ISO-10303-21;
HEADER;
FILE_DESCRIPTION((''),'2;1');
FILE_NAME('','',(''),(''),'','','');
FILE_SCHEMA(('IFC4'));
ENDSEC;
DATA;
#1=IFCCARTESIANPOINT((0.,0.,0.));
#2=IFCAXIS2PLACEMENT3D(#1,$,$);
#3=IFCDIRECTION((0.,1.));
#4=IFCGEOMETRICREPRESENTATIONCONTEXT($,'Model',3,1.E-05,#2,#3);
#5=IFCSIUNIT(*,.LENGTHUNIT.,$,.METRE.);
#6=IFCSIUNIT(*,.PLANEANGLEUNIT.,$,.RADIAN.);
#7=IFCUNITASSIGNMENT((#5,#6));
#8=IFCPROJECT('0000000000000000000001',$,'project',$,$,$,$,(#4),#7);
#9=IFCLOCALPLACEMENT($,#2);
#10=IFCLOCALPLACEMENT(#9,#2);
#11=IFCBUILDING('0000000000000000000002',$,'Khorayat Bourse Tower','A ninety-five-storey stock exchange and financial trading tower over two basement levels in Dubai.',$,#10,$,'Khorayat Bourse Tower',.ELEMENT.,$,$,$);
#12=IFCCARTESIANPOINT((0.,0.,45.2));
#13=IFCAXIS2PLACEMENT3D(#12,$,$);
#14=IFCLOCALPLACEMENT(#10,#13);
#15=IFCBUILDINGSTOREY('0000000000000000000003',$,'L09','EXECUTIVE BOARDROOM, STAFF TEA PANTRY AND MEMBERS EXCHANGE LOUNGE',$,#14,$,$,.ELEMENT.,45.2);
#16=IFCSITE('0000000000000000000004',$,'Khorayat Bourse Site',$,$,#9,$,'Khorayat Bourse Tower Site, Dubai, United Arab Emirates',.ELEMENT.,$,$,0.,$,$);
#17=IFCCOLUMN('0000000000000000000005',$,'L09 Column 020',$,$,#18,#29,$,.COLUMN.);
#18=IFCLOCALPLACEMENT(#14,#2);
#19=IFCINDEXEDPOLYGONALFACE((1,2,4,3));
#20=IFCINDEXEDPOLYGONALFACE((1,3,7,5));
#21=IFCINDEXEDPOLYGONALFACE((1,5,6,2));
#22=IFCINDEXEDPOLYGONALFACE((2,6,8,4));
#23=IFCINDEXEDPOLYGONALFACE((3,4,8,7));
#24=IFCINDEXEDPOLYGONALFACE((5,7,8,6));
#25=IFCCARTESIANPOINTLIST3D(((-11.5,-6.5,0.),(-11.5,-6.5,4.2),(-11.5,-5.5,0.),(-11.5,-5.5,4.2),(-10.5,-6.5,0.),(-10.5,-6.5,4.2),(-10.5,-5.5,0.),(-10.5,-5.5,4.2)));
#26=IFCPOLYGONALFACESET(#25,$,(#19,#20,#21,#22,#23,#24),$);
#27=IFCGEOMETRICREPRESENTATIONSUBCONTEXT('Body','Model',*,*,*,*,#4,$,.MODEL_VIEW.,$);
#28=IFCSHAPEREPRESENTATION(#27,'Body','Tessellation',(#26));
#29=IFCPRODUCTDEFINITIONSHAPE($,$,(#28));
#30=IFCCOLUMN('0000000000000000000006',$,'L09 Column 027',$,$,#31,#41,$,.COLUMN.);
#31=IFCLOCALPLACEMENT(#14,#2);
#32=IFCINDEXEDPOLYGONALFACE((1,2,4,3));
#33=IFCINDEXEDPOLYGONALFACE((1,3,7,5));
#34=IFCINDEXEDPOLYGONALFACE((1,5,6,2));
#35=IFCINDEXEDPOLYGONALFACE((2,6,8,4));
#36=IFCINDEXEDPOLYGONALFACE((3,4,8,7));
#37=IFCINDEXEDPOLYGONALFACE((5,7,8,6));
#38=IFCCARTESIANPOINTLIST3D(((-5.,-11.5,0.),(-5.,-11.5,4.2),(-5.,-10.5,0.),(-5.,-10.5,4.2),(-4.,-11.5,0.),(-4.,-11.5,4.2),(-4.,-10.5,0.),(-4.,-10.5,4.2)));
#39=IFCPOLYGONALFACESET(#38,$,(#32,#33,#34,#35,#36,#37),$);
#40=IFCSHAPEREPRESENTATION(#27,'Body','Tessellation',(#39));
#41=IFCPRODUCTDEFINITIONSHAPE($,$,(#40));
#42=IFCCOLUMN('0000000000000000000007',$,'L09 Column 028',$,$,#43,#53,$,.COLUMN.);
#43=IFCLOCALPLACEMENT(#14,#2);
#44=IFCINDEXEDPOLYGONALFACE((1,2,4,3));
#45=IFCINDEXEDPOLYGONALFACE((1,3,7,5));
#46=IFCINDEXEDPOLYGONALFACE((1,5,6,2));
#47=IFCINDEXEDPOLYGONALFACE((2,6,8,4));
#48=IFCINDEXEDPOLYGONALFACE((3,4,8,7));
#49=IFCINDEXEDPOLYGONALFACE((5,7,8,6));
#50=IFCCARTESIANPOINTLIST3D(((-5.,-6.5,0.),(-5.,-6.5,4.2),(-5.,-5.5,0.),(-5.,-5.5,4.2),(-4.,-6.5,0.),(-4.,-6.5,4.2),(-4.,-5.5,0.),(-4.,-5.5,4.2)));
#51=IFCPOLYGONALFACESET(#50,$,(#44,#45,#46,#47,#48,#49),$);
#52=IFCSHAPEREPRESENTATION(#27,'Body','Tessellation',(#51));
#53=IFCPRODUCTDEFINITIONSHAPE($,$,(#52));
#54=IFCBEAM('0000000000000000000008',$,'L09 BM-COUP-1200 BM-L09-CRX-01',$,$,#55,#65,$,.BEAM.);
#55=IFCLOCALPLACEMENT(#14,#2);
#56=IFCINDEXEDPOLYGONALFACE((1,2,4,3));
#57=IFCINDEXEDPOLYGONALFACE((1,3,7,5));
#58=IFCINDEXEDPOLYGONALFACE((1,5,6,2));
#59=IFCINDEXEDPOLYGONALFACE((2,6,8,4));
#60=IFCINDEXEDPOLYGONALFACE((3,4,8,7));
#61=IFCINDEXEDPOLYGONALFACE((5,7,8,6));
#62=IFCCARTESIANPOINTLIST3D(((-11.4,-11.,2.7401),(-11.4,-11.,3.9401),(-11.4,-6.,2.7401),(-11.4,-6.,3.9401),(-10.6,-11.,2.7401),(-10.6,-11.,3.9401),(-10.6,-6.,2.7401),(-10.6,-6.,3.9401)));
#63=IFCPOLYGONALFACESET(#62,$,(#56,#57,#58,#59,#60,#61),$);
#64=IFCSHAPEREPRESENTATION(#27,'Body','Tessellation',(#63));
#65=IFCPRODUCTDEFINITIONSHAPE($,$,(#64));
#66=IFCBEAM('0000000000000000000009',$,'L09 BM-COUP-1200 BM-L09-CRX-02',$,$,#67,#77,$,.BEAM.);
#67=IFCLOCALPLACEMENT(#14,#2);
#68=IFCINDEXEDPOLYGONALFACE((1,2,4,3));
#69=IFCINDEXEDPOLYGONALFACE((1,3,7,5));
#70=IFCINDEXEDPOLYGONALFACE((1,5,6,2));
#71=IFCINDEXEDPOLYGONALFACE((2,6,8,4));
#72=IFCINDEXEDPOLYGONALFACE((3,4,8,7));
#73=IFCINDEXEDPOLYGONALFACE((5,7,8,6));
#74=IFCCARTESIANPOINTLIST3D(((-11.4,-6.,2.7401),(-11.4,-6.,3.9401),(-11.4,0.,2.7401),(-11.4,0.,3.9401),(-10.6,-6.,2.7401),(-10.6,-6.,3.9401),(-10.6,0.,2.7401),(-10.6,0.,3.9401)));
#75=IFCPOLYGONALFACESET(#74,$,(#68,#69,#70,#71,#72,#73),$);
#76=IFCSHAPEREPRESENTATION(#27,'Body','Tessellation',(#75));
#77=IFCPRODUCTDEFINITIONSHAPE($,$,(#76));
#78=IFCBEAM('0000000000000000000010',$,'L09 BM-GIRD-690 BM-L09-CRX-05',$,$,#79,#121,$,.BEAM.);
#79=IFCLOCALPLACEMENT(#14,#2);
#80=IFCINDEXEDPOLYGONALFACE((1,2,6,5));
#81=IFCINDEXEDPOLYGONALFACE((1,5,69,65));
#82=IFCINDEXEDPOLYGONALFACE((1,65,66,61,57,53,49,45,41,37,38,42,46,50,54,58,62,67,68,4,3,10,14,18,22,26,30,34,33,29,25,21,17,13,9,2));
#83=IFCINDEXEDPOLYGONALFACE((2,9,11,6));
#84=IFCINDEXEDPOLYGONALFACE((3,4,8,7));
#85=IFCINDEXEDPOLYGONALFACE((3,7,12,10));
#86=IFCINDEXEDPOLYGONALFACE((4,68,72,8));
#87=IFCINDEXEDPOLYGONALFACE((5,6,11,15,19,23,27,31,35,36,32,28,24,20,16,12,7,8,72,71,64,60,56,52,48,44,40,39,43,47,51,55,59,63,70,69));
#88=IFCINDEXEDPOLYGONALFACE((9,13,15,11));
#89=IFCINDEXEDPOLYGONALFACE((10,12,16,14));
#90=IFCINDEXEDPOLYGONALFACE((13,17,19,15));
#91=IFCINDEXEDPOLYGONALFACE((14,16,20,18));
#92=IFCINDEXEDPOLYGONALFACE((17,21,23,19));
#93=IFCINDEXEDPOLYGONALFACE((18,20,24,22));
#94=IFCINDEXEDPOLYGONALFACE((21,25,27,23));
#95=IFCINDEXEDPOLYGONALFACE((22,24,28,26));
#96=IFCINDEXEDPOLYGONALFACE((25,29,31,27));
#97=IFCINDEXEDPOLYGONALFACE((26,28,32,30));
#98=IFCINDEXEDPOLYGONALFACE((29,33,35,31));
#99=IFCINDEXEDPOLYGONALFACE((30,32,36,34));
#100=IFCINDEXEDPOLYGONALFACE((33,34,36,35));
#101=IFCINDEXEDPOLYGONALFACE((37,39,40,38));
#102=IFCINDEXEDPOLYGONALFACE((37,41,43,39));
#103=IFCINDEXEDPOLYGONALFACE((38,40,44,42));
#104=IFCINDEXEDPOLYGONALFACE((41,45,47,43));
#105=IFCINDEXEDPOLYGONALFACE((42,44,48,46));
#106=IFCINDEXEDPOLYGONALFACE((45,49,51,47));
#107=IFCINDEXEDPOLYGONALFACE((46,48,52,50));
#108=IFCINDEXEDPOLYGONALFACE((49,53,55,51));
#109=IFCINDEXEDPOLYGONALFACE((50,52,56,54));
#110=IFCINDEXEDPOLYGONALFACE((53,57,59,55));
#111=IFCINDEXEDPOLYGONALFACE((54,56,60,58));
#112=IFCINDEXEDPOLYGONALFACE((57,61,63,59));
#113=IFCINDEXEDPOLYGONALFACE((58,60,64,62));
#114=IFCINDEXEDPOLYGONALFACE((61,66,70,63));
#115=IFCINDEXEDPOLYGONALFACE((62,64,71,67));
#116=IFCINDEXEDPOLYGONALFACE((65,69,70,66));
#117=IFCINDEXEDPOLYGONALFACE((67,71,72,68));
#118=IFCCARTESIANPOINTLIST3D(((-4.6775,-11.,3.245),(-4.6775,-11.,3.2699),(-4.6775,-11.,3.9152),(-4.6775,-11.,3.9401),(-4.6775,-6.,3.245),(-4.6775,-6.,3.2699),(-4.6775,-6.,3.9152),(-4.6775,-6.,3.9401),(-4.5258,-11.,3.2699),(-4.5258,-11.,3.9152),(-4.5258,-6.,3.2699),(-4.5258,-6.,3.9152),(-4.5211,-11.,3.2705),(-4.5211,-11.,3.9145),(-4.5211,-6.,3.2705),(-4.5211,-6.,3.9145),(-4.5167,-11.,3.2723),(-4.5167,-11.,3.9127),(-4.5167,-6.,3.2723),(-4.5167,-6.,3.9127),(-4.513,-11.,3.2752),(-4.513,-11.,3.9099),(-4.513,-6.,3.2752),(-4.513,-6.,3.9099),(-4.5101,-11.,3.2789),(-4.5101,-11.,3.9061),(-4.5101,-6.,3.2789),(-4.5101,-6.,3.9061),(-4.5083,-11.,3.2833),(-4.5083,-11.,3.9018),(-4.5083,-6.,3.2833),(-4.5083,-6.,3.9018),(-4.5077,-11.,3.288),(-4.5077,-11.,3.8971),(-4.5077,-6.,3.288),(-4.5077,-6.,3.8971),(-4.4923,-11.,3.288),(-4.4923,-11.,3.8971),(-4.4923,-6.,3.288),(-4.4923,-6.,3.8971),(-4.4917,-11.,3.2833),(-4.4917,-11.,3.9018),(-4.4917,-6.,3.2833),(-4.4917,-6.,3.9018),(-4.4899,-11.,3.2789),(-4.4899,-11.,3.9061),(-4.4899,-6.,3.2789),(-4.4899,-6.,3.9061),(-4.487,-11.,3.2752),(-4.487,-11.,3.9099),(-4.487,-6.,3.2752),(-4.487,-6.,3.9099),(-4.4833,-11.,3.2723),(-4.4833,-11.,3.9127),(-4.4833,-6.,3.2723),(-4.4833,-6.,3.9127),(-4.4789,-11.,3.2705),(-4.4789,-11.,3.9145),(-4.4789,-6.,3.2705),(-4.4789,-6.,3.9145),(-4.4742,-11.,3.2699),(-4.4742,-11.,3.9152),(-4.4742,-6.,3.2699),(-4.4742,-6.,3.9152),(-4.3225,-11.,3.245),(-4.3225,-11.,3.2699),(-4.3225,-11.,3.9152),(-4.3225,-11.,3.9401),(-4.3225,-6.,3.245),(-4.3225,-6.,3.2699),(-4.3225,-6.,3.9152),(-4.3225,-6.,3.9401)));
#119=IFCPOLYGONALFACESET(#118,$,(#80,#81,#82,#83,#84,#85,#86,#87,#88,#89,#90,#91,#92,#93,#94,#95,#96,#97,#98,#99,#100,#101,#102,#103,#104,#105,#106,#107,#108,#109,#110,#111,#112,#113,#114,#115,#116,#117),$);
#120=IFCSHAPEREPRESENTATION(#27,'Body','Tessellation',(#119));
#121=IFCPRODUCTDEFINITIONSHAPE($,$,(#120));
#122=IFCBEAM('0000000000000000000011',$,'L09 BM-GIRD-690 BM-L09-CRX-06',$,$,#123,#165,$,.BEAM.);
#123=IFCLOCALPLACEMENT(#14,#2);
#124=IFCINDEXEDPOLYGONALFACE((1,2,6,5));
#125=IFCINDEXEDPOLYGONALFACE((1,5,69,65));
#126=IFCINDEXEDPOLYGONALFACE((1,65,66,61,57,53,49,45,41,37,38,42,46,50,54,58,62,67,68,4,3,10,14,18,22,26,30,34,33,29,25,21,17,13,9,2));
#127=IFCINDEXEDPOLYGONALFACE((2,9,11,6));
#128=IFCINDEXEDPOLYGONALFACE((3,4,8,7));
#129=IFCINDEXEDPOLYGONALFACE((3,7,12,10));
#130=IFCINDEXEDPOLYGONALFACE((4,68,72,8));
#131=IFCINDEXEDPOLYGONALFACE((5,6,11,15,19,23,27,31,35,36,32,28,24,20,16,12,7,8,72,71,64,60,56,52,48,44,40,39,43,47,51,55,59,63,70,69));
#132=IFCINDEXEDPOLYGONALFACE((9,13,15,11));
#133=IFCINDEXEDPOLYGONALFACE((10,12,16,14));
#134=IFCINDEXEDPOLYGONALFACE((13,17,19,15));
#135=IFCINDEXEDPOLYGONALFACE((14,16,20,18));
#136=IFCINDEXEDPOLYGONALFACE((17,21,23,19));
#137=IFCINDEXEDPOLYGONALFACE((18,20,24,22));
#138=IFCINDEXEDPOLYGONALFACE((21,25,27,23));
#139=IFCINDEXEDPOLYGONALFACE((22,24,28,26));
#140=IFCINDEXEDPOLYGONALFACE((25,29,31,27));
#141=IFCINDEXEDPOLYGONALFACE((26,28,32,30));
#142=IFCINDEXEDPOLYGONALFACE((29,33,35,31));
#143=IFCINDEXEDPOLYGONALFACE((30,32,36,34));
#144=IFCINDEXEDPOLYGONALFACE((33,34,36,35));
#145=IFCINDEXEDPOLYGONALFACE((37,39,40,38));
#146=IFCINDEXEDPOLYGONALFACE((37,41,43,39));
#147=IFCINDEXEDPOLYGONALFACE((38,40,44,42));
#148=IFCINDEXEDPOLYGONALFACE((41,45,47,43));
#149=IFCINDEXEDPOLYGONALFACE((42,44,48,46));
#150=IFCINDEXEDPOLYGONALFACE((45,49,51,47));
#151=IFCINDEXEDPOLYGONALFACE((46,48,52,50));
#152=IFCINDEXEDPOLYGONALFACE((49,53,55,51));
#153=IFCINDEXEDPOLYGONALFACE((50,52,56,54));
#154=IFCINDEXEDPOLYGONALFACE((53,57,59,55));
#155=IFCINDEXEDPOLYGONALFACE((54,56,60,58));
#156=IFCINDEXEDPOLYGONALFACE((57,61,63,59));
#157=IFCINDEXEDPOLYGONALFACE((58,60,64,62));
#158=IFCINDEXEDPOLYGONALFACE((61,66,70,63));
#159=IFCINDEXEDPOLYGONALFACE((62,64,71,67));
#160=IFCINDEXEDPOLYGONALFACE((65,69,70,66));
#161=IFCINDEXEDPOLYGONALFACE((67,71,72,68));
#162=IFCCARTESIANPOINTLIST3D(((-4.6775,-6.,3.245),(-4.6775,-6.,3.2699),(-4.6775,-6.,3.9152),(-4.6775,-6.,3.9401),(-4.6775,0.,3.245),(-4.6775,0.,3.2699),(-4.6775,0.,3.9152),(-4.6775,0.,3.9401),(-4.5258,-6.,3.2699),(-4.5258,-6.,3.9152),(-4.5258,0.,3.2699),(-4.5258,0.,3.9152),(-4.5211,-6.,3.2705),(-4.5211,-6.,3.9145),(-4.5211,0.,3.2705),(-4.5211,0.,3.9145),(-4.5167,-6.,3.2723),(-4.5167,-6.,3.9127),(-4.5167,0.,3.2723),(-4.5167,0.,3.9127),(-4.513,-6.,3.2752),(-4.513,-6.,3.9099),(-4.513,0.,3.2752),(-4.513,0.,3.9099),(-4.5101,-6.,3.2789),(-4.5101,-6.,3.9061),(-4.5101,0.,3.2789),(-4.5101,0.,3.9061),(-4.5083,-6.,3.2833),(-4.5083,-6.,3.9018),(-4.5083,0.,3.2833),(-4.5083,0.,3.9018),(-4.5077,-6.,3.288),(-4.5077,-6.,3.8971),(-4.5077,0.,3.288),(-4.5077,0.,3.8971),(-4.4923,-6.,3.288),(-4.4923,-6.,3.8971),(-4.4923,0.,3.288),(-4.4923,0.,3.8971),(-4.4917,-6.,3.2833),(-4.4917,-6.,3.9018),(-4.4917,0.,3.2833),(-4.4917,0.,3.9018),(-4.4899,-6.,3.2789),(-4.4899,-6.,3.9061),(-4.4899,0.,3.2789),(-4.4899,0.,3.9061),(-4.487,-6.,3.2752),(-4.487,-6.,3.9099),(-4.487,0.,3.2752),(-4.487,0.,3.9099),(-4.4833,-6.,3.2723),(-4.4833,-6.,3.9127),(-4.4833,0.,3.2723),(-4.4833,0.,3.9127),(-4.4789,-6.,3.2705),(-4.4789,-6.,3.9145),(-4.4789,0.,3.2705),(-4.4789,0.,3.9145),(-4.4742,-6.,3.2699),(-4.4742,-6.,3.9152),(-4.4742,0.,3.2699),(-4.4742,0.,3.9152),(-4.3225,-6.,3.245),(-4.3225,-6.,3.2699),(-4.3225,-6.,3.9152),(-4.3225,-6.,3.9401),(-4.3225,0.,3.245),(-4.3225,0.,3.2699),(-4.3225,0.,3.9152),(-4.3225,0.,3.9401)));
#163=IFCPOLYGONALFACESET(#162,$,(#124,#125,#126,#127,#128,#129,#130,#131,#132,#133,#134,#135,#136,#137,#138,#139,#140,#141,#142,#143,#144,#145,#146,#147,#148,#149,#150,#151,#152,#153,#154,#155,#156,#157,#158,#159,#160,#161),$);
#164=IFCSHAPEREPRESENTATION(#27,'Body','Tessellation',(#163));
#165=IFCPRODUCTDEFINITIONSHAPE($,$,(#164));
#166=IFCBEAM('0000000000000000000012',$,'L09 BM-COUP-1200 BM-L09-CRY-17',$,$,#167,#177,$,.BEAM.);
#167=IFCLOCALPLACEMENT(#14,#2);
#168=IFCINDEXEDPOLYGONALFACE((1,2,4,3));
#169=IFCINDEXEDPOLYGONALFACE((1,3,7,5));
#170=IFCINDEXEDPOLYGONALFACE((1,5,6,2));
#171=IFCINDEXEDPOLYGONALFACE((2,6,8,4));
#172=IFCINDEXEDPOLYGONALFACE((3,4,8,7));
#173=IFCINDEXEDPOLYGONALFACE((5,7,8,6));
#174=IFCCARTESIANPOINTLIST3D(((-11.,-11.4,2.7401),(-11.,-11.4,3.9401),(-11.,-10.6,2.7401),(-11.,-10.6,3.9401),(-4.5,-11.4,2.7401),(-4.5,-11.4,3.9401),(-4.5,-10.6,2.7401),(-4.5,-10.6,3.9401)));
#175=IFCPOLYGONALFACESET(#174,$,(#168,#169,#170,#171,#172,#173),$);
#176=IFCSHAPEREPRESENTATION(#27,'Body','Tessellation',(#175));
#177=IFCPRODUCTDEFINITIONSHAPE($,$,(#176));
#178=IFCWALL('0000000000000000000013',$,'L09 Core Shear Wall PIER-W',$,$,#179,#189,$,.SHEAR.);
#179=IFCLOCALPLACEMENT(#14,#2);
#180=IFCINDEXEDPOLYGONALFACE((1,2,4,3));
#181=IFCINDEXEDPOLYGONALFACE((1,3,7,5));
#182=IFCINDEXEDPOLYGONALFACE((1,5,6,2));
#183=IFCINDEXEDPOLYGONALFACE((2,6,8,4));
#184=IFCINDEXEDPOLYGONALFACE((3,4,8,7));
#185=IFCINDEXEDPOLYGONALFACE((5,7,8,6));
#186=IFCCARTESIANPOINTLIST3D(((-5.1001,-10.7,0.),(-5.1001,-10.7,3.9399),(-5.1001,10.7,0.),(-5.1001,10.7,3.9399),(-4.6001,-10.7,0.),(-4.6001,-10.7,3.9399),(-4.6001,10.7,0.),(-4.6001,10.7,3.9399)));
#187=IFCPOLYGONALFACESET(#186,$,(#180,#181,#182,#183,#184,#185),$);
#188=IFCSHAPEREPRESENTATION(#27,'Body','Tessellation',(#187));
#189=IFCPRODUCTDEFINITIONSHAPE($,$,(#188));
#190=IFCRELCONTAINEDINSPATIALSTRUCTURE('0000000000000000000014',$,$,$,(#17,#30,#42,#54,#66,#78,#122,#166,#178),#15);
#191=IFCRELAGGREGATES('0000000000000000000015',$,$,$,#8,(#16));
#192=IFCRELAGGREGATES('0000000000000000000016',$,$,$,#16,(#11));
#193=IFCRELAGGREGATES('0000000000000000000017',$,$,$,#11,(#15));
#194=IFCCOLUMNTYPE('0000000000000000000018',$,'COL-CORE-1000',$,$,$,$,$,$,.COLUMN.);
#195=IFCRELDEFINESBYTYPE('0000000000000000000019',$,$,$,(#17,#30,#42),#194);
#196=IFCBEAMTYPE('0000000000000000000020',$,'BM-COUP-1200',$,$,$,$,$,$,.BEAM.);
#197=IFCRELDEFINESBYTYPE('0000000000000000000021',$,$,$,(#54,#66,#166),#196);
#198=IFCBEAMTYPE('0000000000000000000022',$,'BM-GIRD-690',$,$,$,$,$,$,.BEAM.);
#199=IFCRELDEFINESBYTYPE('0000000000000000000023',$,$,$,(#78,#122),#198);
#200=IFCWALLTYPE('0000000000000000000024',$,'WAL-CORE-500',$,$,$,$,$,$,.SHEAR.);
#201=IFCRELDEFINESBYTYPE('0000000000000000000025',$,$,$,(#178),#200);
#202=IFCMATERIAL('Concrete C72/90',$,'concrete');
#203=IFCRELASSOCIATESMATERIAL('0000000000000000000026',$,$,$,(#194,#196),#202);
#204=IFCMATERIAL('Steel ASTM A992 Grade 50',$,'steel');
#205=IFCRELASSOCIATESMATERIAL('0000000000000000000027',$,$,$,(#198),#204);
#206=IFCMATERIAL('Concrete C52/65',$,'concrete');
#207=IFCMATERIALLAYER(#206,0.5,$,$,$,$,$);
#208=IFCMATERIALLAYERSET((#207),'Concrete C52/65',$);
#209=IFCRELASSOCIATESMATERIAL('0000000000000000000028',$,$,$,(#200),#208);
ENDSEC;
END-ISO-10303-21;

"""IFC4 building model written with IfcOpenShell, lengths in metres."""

from ifc_helpers import new_model, si_unit, direction, frame, frame_2d, origin, origin_2d, place, context, subcontext, project, spatial, rectangle, i_section, extrude, source, transform, mapped, material, layer, layer_set, material_profile, profile_set, type_object, element, save


model = new_model("IFC4")

# Units and contexts
model_context = context("Model", 3, precision=1e-05, world=origin(), true_north=direction((0.0, 1.0)))
body_context = subcontext(model_context, "Body", "Model", "MODEL_VIEW")
ifc_project = project(units=[si_unit("LENGTHUNIT", "METRE"), si_unit("PLANEANGLEUNIT", "RADIAN")], contexts=[model_context])

# Site, building, storey
site_placement = place(None, origin())
site = spatial("IfcSite", under=ifc_project, at=site_placement, Name="Khorayat Bourse Site", LongName="Khorayat Bourse Tower Site, Dubai, United Arab Emirates", CompositionType="ELEMENT", RefElevation=0.0)
building_placement = place(site_placement, origin())
building = spatial("IfcBuilding", under=site, at=building_placement, Name="Khorayat Bourse Tower", Description="A ninety-five-storey stock exchange and financial trading tower over two basement levels in Dubai.", LongName="Khorayat Bourse Tower", CompositionType="ELEMENT")
storey_placement = place(building_placement, frame((0.0, 0.0, 45.2)))
storey = spatial("IfcBuildingStorey", under=building, at=storey_placement, Name="L09", Description="EXECUTIVE BOARDROOM, STAFF TEA PANTRY AND MEMBERS EXCHANGE LOUNGE", CompositionType="ELEMENT", Elevation=45.2)

# Columns
ifc_material_1 = material(Name="Concrete C72/90", Category="concrete")
ifc_material_profile_1 = material_profile(ifc_material_1, rectangle(XDim=1.0, YDim=1.0, at=origin_2d()), Name="RC 1000x1000")
ifc_profile_set_1 = profile_set([ifc_material_profile_1], Name="Concrete C72/90")
column_type = type_object("IfcColumnType", Name="COL-CORE-1000", PredefinedType="COLUMN", material=ifc_profile_set_1)
shared_shape_1 = source(origin(), body_context, "Body", "SweptSolid", [
    extrude(rectangle(XDim=1.0, YDim=1.0, at=origin_2d()), origin(), (0.0, 0.0, 1.0), 4.2),
])
for number, where, z_axis, x_axis, name in (
    (1, (-11.0, -6.0, 0.0), (0.0, 0.0, 1.0), (1.0, 0.0, 0.0), "L09 Column 020"),
    (2, (-4.5, -11.0, 0.0), (0.0, 0.0, 1.0), (1.0, 0.0, 0.0), "L09 Column 027"),
    (3, (-4.5, -6.0, 0.0), (0.0, 0.0, 1.0), (1.0, 0.0, 0.0), "L09 Column 028"),
):
    element("IfcColumn", number, at=place(storey_placement, frame(where, z_axis=z_axis, x_axis=x_axis)), inside=storey, type_object=column_type, Name=name, PredefinedType="COLUMN", context=body_context, shape_type="MappedRepresentation", body=[
        mapped(shared_shape_1, transform((0.0, 0.0, 0.0), scale=1.0)),
    ])

# Beams
ifc_material_profile_2 = material_profile(ifc_material_1, rectangle(XDim=0.8, YDim=1.2, at=origin_2d()), Name="RC 800x1200")
ifc_profile_set_2 = profile_set([ifc_material_profile_2], Name="Concrete C72/90")
beam_type_1 = type_object("IfcBeamType", Name="BM-COUP-1200", PredefinedType="BEAM", material=ifc_profile_set_2)
shared_shape_2 = source(origin(), body_context, "Body", "SweptSolid", [
    extrude(rectangle(XDim=0.8, YDim=1.2, at=origin_2d()), origin(), (0.0, 0.0, 1.0), 5.0),
])
beam_1_placement = place(storey_placement, frame((-11.0, -11.0, 3.3401), z_axis=(0.0, 1.0, 0.0), x_axis=(-1.0, 0.0, 0.0)))
element("IfcBeam", 4, at=beam_1_placement, inside=storey, type_object=beam_type_1, Name="L09 BM-COUP-1200 BM-L09-CRX-01", PredefinedType="BEAM", context=body_context, shape_type="MappedRepresentation", body=[
    mapped(shared_shape_2, transform((0.0, 0.0, 0.0), scale=1.0)),
])
shared_shape_3 = source(origin(), body_context, "Body", "SweptSolid", [
    extrude(rectangle(XDim=0.8, YDim=1.2, at=origin_2d()), origin(), (0.0, 0.0, 1.0), 6.0),
])
beam_2_placement = place(storey_placement, frame((-11.0, -6.0, 3.3401), z_axis=(0.0, 1.0, 0.0), x_axis=(-1.0, 0.0, 0.0)))
element("IfcBeam", 5, at=beam_2_placement, inside=storey, type_object=beam_type_1, Name="L09 BM-COUP-1200 BM-L09-CRX-02", PredefinedType="BEAM", context=body_context, shape_type="MappedRepresentation", body=[
    mapped(shared_shape_3, transform((0.0, 0.0, 0.0), scale=1.0)),
])
ifc_material_2 = material(Name="Steel ASTM A992 Grade 50", Category="steel")
ifc_material_profile_3 = material_profile(ifc_material_2, i_section(OverallWidth=0.355, OverallDepth=0.6951, WebThickness=0.0154, FlangeThickness=0.0249, FilletRadius=0.0181, at=origin_2d()), Name="W690X217")
ifc_profile_set_3 = profile_set([ifc_material_profile_3], Name="Steel ASTM A992 Grade 50")
beam_type_2 = type_object("IfcBeamType", Name="BM-GIRD-690", PredefinedType="BEAM", material=ifc_profile_set_3)
shared_shape_4 = source(origin(), body_context, "Body", "SweptSolid", [
    extrude(i_section(OverallWidth=0.355, OverallDepth=0.6951, WebThickness=0.0154, FlangeThickness=0.0249, FilletRadius=0.0181, at=origin_2d()), origin(), (0.0, 0.0, 1.0), 5.0),
])
beam_3_placement = place(storey_placement, frame((-4.5, -11.0, 3.5925), z_axis=(0.0, 1.0, 0.0), x_axis=(-1.0, 0.0, 0.0)))
element("IfcBeam", 6, at=beam_3_placement, inside=storey, type_object=beam_type_2, Name="L09 BM-GIRD-690 BM-L09-CRX-05", PredefinedType="BEAM", context=body_context, shape_type="MappedRepresentation", body=[
    mapped(shared_shape_4, transform((0.0, 0.0, 0.0), scale=1.0)),
])
shared_shape_5 = source(origin(), body_context, "Body", "SweptSolid", [
    extrude(i_section(OverallWidth=0.355, OverallDepth=0.6951, WebThickness=0.0154, FlangeThickness=0.0249, FilletRadius=0.0181, at=origin_2d()), origin(), (0.0, 0.0, 1.0), 6.0),
])
beam_4_placement = place(storey_placement, frame((-4.5, -6.0, 3.5925), z_axis=(0.0, 1.0, 0.0), x_axis=(-1.0, 0.0, 0.0)))
element("IfcBeam", 7, at=beam_4_placement, inside=storey, type_object=beam_type_2, Name="L09 BM-GIRD-690 BM-L09-CRX-06", PredefinedType="BEAM", context=body_context, shape_type="MappedRepresentation", body=[
    mapped(shared_shape_5, transform((0.0, 0.0, 0.0), scale=1.0)),
])
shared_shape_6 = source(origin(), body_context, "Body", "SweptSolid", [
    extrude(rectangle(XDim=0.8, YDim=1.2, at=origin_2d()), origin(), (0.0, 0.0, 1.0), 6.5),
])
beam_5_placement = place(storey_placement, frame((-11.0, -11.0, 3.3401), z_axis=(1.0, 0.0, 0.0), x_axis=(0.0, 1.0, 0.0)))
element("IfcBeam", 8, at=beam_5_placement, inside=storey, type_object=beam_type_1, Name="L09 BM-COUP-1200 BM-L09-CRY-17", PredefinedType="BEAM", context=body_context, shape_type="MappedRepresentation", body=[
    mapped(shared_shape_6, transform((0.0, 0.0, 0.0), scale=1.0)),
])

# Wall
ifc_material_3 = material(Name="Concrete C52/65", Category="concrete")
ifc_layer_1 = layer(ifc_material_3, 0.5)
ifc_layer_set_1 = layer_set([ifc_layer_1], Name="Concrete C52/65")
wall_type_1 = type_object("IfcWallType", Name="WAL-CORE-500", PredefinedType="SHEAR", material=ifc_layer_set_1)
shared_shape_7 = source(origin(), body_context, "Body", "SweptSolid", [
    extrude(rectangle(XDim=21.3999, YDim=0.5, at=frame_2d((10.7, 0.0))), origin(), (0.0, 0.0, 1.0), 3.9399),
])
wall_1_placement = place(storey_placement, frame((-4.8501, -10.7, 0.0), z_axis=(0.0, 0.0, 1.0), x_axis=(0.0, 1.0, 0.0)))
element("IfcWall", 9, at=wall_1_placement, inside=storey, type_object=wall_type_1, Name="L09 Core Shear Wall PIER-W", PredefinedType="SHEAR", context=body_context, shape_type="MappedRepresentation", body=[
    mapped(shared_shape_7, transform((0.0, 0.0, 0.0), scale=1.0)),
])

save(model, "model.ifc")
